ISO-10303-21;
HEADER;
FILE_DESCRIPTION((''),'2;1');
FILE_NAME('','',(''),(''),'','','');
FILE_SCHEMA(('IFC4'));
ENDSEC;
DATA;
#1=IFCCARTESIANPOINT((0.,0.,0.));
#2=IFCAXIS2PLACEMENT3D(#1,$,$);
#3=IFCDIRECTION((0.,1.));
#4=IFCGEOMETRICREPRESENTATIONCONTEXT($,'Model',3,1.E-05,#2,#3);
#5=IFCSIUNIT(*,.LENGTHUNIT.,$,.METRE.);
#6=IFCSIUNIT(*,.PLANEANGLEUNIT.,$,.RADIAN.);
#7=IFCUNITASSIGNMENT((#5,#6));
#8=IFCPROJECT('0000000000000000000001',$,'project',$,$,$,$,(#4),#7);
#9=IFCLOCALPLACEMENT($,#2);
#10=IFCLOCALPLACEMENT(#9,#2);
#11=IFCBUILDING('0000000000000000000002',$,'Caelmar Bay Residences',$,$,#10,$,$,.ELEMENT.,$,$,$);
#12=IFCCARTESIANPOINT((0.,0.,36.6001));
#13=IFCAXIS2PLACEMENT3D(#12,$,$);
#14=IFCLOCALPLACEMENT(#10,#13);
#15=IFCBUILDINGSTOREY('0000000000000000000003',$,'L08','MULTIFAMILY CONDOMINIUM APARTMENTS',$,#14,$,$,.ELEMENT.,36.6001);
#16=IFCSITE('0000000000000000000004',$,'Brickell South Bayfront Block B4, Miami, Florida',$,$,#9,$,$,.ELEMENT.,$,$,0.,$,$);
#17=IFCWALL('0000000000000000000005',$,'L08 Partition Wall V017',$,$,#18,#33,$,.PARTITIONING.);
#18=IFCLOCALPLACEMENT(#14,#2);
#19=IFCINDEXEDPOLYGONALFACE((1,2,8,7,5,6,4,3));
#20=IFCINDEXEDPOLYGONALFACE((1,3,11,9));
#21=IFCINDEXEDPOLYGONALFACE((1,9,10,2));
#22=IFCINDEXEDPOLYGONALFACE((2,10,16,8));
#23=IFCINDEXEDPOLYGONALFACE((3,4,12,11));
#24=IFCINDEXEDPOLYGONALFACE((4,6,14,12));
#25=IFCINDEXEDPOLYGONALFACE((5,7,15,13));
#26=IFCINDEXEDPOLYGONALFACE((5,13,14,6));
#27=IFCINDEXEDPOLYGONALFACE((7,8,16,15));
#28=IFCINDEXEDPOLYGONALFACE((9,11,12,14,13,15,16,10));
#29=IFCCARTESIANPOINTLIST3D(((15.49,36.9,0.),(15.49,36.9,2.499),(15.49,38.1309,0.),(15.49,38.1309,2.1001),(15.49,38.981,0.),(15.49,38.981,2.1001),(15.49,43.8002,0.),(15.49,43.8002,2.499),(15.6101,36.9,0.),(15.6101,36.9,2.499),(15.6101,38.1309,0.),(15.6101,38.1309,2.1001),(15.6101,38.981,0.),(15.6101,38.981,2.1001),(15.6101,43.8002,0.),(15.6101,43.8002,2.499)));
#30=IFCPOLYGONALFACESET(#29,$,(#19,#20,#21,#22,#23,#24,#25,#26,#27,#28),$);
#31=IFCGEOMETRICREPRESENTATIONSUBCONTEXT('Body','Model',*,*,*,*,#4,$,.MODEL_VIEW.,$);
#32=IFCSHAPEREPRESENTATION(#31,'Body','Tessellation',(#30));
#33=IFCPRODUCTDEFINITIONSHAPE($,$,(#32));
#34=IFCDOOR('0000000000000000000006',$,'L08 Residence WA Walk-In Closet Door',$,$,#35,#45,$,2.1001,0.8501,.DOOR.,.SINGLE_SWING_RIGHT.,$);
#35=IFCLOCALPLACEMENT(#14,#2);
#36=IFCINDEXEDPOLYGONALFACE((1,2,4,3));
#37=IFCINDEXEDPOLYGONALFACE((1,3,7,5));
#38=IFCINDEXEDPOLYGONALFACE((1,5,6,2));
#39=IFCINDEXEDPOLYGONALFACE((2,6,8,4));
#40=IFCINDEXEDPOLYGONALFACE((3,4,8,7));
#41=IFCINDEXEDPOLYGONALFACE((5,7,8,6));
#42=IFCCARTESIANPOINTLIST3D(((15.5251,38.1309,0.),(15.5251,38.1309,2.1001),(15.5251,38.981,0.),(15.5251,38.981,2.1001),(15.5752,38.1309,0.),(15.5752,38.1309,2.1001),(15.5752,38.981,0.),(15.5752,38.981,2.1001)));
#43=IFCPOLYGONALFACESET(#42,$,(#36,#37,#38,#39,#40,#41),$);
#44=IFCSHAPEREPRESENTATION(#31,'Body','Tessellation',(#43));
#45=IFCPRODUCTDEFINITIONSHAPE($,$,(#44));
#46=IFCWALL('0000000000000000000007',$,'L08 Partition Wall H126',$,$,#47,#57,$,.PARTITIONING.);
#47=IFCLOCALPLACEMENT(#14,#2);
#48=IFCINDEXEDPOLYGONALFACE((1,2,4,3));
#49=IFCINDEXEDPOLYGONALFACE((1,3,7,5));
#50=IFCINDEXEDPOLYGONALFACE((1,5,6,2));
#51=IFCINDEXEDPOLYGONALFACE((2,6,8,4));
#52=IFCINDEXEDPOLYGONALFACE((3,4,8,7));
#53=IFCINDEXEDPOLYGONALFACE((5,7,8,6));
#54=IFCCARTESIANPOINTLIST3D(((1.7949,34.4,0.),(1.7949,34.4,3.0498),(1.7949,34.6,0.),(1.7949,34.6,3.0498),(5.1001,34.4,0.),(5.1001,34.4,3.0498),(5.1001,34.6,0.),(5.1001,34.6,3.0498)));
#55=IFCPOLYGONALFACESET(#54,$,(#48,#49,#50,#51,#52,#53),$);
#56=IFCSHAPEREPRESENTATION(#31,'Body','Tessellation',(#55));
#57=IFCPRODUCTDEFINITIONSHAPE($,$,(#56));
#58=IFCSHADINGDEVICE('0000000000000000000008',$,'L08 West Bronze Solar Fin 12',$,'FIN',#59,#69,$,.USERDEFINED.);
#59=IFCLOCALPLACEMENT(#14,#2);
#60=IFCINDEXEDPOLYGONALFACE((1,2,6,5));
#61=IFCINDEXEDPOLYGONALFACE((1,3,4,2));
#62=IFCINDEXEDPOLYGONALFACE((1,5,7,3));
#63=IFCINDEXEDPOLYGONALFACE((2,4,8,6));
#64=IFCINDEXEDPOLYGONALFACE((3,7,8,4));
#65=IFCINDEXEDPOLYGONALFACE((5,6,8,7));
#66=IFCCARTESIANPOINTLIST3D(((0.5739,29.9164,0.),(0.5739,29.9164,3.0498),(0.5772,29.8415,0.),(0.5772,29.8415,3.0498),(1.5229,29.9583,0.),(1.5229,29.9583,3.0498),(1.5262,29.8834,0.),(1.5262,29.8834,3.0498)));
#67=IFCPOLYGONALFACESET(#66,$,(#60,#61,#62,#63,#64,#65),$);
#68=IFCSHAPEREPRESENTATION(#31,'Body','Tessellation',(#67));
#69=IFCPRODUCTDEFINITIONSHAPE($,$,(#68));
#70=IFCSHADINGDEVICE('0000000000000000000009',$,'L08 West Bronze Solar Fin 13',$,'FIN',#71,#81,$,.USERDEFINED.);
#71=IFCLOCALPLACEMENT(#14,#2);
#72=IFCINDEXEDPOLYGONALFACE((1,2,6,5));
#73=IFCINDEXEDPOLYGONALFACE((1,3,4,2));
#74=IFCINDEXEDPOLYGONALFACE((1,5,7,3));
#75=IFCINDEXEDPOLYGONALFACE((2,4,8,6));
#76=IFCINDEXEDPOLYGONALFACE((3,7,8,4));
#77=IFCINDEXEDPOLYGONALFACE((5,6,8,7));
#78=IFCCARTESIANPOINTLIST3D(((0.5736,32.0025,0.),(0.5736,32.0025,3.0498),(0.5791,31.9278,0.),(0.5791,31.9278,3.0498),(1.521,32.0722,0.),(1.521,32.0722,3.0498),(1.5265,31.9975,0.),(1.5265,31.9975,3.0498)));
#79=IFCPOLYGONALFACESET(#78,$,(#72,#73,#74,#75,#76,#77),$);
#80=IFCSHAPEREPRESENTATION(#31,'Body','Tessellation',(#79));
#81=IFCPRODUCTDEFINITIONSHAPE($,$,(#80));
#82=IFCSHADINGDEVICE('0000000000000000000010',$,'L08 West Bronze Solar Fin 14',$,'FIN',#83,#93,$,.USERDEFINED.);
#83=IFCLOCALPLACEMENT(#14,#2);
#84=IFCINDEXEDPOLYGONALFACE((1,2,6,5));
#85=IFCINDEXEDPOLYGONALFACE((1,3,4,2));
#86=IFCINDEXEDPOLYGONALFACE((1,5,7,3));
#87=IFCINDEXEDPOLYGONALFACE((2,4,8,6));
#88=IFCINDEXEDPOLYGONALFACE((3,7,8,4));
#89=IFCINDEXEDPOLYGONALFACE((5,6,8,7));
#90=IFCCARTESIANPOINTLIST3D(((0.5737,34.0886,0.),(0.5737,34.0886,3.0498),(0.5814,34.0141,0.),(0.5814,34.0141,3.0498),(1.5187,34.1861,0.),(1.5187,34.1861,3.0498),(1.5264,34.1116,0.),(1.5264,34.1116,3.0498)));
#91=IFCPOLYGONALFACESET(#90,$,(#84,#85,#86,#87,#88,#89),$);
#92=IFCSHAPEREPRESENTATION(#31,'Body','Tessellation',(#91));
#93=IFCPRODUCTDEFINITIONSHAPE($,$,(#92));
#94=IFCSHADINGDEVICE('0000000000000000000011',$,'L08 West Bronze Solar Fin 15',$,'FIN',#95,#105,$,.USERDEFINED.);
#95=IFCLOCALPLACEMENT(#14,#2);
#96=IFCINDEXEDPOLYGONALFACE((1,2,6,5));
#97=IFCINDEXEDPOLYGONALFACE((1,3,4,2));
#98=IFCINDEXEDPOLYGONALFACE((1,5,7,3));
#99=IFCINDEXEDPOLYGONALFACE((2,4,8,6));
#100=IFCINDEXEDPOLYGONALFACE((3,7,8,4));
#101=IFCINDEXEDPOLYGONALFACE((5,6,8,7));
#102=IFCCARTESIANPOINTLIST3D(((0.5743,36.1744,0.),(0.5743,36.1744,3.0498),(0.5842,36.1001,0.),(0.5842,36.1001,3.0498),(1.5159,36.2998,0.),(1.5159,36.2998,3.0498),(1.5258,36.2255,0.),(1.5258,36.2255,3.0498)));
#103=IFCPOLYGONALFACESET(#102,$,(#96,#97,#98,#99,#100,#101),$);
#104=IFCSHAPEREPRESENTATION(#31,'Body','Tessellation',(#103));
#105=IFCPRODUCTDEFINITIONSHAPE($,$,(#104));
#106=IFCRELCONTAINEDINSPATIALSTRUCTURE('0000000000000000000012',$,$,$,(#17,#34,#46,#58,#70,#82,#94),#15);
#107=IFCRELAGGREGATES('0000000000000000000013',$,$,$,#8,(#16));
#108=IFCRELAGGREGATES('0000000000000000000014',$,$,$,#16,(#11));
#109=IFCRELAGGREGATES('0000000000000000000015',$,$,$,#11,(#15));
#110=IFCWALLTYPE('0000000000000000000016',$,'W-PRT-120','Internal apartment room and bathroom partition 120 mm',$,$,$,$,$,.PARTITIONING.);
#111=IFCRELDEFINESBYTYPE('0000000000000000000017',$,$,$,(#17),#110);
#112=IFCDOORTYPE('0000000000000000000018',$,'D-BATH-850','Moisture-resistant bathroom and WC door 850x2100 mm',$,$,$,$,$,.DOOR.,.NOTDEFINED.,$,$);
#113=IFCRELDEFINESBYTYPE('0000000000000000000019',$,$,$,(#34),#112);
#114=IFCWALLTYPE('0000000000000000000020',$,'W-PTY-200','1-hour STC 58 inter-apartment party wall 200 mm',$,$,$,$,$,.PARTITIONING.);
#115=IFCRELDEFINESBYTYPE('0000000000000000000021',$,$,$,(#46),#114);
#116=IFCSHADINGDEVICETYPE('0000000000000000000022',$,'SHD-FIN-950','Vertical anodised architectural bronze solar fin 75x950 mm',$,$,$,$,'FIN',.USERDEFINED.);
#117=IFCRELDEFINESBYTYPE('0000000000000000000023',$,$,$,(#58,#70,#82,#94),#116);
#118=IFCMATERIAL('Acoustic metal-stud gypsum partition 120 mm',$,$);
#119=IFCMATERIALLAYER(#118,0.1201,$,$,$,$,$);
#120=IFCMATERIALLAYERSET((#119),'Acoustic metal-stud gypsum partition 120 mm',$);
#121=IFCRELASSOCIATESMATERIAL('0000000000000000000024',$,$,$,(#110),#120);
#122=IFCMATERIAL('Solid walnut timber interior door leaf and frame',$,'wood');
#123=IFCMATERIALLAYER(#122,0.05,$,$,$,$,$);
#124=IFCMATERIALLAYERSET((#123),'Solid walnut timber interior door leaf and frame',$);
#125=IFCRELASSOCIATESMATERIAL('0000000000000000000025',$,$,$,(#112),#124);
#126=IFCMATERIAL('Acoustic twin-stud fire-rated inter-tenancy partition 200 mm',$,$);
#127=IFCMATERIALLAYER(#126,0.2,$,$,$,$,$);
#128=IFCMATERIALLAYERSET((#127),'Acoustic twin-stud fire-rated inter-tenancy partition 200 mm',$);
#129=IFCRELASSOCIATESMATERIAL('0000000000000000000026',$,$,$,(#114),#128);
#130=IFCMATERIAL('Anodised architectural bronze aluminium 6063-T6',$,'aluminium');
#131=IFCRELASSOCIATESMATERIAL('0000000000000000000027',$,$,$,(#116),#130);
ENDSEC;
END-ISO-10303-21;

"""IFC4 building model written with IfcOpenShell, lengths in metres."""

from ifc_helpers import new_model, si_unit, direction, frame, frame_2d, origin, origin_2d, place, context, subcontext, project, spatial, rectangle, extrude, material, layer, layer_set, material_profile, profile_set, type_object, element, fill, save


model = new_model("IFC4")

# Units and contexts
model_context = context("Model", 3, precision=1e-05, world=origin(), true_north=direction((0.0, 1.0)))
body_context = subcontext(model_context, "Body", "Model", "MODEL_VIEW")
ifc_project = project(units=[si_unit("LENGTHUNIT", "METRE"), si_unit("PLANEANGLEUNIT", "RADIAN")], contexts=[model_context])

# Site, building, storey
site_placement = place(None, origin())
site = spatial("IfcSite", under=ifc_project, at=site_placement, Name="Brickell South Bayfront Block B4, Miami, Florida", CompositionType="ELEMENT", RefElevation=0.0)
building_placement = place(site_placement, origin())
building = spatial("IfcBuilding", under=site, at=building_placement, Name="Caelmar Bay Residences", CompositionType="ELEMENT")
storey_placement = place(building_placement, frame((0.0, 0.0, 36.6001)))
storey = spatial("IfcBuildingStorey", under=building, at=storey_placement, Name="L08", Description="MULTIFAMILY CONDOMINIUM APARTMENTS", CompositionType="ELEMENT", Elevation=36.6001)

# Shared definitions
ifc_material_1 = material(Name="Acoustic metal-stud gypsum partition 120 mm")
ifc_layer_1 = layer(ifc_material_1, 0.1201)
ifc_layer_set_1 = layer_set([ifc_layer_1], Name="Acoustic metal-stud gypsum partition 120 mm")
wall_type_1 = type_object("IfcWallType", Name="W-PRT-120", Description="Internal apartment room and bathroom partition 120 mm", PredefinedType="PARTITIONING", material=ifc_layer_set_1)

# Wall, opening, door
wall_1_placement = place(storey_placement, frame((15.55, 36.8999, 0.0), z_axis=(0.0, 0.0, 1.0), x_axis=(0.0, 1.0, 0.0)))
wall_1 = element("IfcWall", 1, at=wall_1_placement, inside=storey, type_object=wall_type_1, Name="L08 Partition Wall V017", PredefinedType="PARTITIONING", context=body_context, shape_type="SweptSolid", body=[
    extrude(rectangle(XDim=6.9001, YDim=0.1201, at=frame_2d((3.4502, 0.0))), origin(), (0.0, 0.0, 1.0), 2.499),
])
opening_1_placement = place(wall_1_placement, frame((1.231, 0.0, 0.0)))
opening_1 = element("IfcOpeningElement", 2, at=opening_1_placement, cuts=wall_1, PredefinedType="OPENING", context=body_context, shape_type="SweptSolid", body=[
    extrude(rectangle(XDim=0.8501, YDim=2.1001, at=frame_2d((0.425, 1.05))), frame((0.0, 0.0701, 0.0), z_axis=(0.0, -1.0, 0.0), x_axis=(1.0, 0.0, 0.0)), (0.0, 0.0, 1.0), 0.1401),
])
ifc_material_2 = material(Name="Solid walnut timber interior door leaf and frame", Category="wood")
ifc_layer_2 = layer(ifc_material_2, 0.05)
ifc_layer_set_2 = layer_set([ifc_layer_2], Name="Solid walnut timber interior door leaf and frame")
door_type_1 = type_object("IfcDoorType", Name="D-BATH-850", Description="Moisture-resistant bathroom and WC door 850x2100 mm", OperationType="NOTDEFINED", PredefinedType="DOOR", material=ifc_layer_set_2)
door_1_placement = place(opening_1_placement, origin())
door_1 = element("IfcDoor", 3, at=door_1_placement, inside=storey, type_object=door_type_1, Name="L08 Residence WA Walk-In Closet Door", OperationType="SINGLE_SWING_RIGHT", OverallHeight=2.1001, OverallWidth=0.8501, PredefinedType="DOOR", context=body_context, shape_type="SweptSolid", body=[
    extrude(rectangle(XDim=0.8501, YDim=2.1001, at=frame_2d((0.425, 1.05))), frame((0.0, 0.0249, 0.0), z_axis=(0.0, -1.0, 0.0), x_axis=(1.0, 0.0, 0.0)), (0.0, 0.0, 1.0), 0.05),
])
fill(opening_1, door_1)

# Wall
ifc_material_3 = material(Name="Acoustic twin-stud fire-rated inter-tenancy partition 200 mm")
ifc_layer_3 = layer(ifc_material_3, 0.2)
ifc_layer_set_3 = layer_set([ifc_layer_3], Name="Acoustic twin-stud fire-rated inter-tenancy partition 200 mm")
wall_type_2 = type_object("IfcWallType", Name="W-PTY-200", Description="1-hour STC 58 inter-apartment party wall 200 mm", PredefinedType="PARTITIONING", material=ifc_layer_set_3)
wall_2_placement = place(storey_placement, frame((1.7949, 34.5, 0.0), z_axis=(0.0, 0.0, 1.0), x_axis=(1.0, 0.0, 0.0)))
element("IfcWall", 4, at=wall_2_placement, inside=storey, type_object=wall_type_2, Name="L08 Partition Wall H126", PredefinedType="PARTITIONING", context=body_context, shape_type="SweptSolid", body=[
    extrude(rectangle(XDim=3.3052, YDim=0.2, at=frame_2d((1.6526, 0.0))), origin(), (0.0, 0.0, 1.0), 3.0498),
])

# Shading devices
ifc_material_4 = material(Name="Anodised architectural bronze aluminium 6063-T6", Category="aluminium")
ifc_material_profile_1 = material_profile(ifc_material_4, rectangle(XDim=0.075, YDim=0.95, at=origin_2d()), Name="BRONZE-FIN-75X950")
ifc_profile_set_1 = profile_set([ifc_material_profile_1], Name="Anodised architectural bronze aluminium 6063-T6")
shading_device_type = type_object("IfcShadingDeviceType", Name="SHD-FIN-950", Description="Vertical anodised architectural bronze solar fin 75x950 mm", ElementType="FIN", PredefinedType="USERDEFINED", material=ifc_profile_set_1)
for number, where, z_axis, x_axis, name in (
    (5, (1.05, 29.8999, 0.0), (0.0, 0.0, 1.0), (-0.044142, 0.999025, 0.0), "L08 West Bronze Solar Fin 12"),
    (6, (1.05, 32.0, 0.0), (0.0, 0.0, 1.0), (-0.073412, 0.997302, 0.0), "L08 West Bronze Solar Fin 13"),
    (7, (1.05, 34.1001, 0.0), (0.0, 0.0, 1.0), (-0.102619, 0.994721, 0.0), "L08 West Bronze Solar Fin 14"),
    (8, (1.05, 36.2, 0.0), (0.0, 0.0, 1.0), (-0.13191, 0.991262, 0.0), "L08 West Bronze Solar Fin 15"),
):
    element("IfcShadingDevice", number, at=place(storey_placement, frame(where, z_axis=z_axis, x_axis=x_axis)), inside=storey, type_object=shading_device_type, Name=name, ObjectType="FIN", PredefinedType="USERDEFINED", context=body_context, shape_type="SweptSolid", body=[
        extrude(rectangle(XDim=0.075, YDim=0.95, at=origin_2d()), origin(), (0.0, 0.0, 1.0), 3.0498),
    ])

save(model, "model.ifc")
